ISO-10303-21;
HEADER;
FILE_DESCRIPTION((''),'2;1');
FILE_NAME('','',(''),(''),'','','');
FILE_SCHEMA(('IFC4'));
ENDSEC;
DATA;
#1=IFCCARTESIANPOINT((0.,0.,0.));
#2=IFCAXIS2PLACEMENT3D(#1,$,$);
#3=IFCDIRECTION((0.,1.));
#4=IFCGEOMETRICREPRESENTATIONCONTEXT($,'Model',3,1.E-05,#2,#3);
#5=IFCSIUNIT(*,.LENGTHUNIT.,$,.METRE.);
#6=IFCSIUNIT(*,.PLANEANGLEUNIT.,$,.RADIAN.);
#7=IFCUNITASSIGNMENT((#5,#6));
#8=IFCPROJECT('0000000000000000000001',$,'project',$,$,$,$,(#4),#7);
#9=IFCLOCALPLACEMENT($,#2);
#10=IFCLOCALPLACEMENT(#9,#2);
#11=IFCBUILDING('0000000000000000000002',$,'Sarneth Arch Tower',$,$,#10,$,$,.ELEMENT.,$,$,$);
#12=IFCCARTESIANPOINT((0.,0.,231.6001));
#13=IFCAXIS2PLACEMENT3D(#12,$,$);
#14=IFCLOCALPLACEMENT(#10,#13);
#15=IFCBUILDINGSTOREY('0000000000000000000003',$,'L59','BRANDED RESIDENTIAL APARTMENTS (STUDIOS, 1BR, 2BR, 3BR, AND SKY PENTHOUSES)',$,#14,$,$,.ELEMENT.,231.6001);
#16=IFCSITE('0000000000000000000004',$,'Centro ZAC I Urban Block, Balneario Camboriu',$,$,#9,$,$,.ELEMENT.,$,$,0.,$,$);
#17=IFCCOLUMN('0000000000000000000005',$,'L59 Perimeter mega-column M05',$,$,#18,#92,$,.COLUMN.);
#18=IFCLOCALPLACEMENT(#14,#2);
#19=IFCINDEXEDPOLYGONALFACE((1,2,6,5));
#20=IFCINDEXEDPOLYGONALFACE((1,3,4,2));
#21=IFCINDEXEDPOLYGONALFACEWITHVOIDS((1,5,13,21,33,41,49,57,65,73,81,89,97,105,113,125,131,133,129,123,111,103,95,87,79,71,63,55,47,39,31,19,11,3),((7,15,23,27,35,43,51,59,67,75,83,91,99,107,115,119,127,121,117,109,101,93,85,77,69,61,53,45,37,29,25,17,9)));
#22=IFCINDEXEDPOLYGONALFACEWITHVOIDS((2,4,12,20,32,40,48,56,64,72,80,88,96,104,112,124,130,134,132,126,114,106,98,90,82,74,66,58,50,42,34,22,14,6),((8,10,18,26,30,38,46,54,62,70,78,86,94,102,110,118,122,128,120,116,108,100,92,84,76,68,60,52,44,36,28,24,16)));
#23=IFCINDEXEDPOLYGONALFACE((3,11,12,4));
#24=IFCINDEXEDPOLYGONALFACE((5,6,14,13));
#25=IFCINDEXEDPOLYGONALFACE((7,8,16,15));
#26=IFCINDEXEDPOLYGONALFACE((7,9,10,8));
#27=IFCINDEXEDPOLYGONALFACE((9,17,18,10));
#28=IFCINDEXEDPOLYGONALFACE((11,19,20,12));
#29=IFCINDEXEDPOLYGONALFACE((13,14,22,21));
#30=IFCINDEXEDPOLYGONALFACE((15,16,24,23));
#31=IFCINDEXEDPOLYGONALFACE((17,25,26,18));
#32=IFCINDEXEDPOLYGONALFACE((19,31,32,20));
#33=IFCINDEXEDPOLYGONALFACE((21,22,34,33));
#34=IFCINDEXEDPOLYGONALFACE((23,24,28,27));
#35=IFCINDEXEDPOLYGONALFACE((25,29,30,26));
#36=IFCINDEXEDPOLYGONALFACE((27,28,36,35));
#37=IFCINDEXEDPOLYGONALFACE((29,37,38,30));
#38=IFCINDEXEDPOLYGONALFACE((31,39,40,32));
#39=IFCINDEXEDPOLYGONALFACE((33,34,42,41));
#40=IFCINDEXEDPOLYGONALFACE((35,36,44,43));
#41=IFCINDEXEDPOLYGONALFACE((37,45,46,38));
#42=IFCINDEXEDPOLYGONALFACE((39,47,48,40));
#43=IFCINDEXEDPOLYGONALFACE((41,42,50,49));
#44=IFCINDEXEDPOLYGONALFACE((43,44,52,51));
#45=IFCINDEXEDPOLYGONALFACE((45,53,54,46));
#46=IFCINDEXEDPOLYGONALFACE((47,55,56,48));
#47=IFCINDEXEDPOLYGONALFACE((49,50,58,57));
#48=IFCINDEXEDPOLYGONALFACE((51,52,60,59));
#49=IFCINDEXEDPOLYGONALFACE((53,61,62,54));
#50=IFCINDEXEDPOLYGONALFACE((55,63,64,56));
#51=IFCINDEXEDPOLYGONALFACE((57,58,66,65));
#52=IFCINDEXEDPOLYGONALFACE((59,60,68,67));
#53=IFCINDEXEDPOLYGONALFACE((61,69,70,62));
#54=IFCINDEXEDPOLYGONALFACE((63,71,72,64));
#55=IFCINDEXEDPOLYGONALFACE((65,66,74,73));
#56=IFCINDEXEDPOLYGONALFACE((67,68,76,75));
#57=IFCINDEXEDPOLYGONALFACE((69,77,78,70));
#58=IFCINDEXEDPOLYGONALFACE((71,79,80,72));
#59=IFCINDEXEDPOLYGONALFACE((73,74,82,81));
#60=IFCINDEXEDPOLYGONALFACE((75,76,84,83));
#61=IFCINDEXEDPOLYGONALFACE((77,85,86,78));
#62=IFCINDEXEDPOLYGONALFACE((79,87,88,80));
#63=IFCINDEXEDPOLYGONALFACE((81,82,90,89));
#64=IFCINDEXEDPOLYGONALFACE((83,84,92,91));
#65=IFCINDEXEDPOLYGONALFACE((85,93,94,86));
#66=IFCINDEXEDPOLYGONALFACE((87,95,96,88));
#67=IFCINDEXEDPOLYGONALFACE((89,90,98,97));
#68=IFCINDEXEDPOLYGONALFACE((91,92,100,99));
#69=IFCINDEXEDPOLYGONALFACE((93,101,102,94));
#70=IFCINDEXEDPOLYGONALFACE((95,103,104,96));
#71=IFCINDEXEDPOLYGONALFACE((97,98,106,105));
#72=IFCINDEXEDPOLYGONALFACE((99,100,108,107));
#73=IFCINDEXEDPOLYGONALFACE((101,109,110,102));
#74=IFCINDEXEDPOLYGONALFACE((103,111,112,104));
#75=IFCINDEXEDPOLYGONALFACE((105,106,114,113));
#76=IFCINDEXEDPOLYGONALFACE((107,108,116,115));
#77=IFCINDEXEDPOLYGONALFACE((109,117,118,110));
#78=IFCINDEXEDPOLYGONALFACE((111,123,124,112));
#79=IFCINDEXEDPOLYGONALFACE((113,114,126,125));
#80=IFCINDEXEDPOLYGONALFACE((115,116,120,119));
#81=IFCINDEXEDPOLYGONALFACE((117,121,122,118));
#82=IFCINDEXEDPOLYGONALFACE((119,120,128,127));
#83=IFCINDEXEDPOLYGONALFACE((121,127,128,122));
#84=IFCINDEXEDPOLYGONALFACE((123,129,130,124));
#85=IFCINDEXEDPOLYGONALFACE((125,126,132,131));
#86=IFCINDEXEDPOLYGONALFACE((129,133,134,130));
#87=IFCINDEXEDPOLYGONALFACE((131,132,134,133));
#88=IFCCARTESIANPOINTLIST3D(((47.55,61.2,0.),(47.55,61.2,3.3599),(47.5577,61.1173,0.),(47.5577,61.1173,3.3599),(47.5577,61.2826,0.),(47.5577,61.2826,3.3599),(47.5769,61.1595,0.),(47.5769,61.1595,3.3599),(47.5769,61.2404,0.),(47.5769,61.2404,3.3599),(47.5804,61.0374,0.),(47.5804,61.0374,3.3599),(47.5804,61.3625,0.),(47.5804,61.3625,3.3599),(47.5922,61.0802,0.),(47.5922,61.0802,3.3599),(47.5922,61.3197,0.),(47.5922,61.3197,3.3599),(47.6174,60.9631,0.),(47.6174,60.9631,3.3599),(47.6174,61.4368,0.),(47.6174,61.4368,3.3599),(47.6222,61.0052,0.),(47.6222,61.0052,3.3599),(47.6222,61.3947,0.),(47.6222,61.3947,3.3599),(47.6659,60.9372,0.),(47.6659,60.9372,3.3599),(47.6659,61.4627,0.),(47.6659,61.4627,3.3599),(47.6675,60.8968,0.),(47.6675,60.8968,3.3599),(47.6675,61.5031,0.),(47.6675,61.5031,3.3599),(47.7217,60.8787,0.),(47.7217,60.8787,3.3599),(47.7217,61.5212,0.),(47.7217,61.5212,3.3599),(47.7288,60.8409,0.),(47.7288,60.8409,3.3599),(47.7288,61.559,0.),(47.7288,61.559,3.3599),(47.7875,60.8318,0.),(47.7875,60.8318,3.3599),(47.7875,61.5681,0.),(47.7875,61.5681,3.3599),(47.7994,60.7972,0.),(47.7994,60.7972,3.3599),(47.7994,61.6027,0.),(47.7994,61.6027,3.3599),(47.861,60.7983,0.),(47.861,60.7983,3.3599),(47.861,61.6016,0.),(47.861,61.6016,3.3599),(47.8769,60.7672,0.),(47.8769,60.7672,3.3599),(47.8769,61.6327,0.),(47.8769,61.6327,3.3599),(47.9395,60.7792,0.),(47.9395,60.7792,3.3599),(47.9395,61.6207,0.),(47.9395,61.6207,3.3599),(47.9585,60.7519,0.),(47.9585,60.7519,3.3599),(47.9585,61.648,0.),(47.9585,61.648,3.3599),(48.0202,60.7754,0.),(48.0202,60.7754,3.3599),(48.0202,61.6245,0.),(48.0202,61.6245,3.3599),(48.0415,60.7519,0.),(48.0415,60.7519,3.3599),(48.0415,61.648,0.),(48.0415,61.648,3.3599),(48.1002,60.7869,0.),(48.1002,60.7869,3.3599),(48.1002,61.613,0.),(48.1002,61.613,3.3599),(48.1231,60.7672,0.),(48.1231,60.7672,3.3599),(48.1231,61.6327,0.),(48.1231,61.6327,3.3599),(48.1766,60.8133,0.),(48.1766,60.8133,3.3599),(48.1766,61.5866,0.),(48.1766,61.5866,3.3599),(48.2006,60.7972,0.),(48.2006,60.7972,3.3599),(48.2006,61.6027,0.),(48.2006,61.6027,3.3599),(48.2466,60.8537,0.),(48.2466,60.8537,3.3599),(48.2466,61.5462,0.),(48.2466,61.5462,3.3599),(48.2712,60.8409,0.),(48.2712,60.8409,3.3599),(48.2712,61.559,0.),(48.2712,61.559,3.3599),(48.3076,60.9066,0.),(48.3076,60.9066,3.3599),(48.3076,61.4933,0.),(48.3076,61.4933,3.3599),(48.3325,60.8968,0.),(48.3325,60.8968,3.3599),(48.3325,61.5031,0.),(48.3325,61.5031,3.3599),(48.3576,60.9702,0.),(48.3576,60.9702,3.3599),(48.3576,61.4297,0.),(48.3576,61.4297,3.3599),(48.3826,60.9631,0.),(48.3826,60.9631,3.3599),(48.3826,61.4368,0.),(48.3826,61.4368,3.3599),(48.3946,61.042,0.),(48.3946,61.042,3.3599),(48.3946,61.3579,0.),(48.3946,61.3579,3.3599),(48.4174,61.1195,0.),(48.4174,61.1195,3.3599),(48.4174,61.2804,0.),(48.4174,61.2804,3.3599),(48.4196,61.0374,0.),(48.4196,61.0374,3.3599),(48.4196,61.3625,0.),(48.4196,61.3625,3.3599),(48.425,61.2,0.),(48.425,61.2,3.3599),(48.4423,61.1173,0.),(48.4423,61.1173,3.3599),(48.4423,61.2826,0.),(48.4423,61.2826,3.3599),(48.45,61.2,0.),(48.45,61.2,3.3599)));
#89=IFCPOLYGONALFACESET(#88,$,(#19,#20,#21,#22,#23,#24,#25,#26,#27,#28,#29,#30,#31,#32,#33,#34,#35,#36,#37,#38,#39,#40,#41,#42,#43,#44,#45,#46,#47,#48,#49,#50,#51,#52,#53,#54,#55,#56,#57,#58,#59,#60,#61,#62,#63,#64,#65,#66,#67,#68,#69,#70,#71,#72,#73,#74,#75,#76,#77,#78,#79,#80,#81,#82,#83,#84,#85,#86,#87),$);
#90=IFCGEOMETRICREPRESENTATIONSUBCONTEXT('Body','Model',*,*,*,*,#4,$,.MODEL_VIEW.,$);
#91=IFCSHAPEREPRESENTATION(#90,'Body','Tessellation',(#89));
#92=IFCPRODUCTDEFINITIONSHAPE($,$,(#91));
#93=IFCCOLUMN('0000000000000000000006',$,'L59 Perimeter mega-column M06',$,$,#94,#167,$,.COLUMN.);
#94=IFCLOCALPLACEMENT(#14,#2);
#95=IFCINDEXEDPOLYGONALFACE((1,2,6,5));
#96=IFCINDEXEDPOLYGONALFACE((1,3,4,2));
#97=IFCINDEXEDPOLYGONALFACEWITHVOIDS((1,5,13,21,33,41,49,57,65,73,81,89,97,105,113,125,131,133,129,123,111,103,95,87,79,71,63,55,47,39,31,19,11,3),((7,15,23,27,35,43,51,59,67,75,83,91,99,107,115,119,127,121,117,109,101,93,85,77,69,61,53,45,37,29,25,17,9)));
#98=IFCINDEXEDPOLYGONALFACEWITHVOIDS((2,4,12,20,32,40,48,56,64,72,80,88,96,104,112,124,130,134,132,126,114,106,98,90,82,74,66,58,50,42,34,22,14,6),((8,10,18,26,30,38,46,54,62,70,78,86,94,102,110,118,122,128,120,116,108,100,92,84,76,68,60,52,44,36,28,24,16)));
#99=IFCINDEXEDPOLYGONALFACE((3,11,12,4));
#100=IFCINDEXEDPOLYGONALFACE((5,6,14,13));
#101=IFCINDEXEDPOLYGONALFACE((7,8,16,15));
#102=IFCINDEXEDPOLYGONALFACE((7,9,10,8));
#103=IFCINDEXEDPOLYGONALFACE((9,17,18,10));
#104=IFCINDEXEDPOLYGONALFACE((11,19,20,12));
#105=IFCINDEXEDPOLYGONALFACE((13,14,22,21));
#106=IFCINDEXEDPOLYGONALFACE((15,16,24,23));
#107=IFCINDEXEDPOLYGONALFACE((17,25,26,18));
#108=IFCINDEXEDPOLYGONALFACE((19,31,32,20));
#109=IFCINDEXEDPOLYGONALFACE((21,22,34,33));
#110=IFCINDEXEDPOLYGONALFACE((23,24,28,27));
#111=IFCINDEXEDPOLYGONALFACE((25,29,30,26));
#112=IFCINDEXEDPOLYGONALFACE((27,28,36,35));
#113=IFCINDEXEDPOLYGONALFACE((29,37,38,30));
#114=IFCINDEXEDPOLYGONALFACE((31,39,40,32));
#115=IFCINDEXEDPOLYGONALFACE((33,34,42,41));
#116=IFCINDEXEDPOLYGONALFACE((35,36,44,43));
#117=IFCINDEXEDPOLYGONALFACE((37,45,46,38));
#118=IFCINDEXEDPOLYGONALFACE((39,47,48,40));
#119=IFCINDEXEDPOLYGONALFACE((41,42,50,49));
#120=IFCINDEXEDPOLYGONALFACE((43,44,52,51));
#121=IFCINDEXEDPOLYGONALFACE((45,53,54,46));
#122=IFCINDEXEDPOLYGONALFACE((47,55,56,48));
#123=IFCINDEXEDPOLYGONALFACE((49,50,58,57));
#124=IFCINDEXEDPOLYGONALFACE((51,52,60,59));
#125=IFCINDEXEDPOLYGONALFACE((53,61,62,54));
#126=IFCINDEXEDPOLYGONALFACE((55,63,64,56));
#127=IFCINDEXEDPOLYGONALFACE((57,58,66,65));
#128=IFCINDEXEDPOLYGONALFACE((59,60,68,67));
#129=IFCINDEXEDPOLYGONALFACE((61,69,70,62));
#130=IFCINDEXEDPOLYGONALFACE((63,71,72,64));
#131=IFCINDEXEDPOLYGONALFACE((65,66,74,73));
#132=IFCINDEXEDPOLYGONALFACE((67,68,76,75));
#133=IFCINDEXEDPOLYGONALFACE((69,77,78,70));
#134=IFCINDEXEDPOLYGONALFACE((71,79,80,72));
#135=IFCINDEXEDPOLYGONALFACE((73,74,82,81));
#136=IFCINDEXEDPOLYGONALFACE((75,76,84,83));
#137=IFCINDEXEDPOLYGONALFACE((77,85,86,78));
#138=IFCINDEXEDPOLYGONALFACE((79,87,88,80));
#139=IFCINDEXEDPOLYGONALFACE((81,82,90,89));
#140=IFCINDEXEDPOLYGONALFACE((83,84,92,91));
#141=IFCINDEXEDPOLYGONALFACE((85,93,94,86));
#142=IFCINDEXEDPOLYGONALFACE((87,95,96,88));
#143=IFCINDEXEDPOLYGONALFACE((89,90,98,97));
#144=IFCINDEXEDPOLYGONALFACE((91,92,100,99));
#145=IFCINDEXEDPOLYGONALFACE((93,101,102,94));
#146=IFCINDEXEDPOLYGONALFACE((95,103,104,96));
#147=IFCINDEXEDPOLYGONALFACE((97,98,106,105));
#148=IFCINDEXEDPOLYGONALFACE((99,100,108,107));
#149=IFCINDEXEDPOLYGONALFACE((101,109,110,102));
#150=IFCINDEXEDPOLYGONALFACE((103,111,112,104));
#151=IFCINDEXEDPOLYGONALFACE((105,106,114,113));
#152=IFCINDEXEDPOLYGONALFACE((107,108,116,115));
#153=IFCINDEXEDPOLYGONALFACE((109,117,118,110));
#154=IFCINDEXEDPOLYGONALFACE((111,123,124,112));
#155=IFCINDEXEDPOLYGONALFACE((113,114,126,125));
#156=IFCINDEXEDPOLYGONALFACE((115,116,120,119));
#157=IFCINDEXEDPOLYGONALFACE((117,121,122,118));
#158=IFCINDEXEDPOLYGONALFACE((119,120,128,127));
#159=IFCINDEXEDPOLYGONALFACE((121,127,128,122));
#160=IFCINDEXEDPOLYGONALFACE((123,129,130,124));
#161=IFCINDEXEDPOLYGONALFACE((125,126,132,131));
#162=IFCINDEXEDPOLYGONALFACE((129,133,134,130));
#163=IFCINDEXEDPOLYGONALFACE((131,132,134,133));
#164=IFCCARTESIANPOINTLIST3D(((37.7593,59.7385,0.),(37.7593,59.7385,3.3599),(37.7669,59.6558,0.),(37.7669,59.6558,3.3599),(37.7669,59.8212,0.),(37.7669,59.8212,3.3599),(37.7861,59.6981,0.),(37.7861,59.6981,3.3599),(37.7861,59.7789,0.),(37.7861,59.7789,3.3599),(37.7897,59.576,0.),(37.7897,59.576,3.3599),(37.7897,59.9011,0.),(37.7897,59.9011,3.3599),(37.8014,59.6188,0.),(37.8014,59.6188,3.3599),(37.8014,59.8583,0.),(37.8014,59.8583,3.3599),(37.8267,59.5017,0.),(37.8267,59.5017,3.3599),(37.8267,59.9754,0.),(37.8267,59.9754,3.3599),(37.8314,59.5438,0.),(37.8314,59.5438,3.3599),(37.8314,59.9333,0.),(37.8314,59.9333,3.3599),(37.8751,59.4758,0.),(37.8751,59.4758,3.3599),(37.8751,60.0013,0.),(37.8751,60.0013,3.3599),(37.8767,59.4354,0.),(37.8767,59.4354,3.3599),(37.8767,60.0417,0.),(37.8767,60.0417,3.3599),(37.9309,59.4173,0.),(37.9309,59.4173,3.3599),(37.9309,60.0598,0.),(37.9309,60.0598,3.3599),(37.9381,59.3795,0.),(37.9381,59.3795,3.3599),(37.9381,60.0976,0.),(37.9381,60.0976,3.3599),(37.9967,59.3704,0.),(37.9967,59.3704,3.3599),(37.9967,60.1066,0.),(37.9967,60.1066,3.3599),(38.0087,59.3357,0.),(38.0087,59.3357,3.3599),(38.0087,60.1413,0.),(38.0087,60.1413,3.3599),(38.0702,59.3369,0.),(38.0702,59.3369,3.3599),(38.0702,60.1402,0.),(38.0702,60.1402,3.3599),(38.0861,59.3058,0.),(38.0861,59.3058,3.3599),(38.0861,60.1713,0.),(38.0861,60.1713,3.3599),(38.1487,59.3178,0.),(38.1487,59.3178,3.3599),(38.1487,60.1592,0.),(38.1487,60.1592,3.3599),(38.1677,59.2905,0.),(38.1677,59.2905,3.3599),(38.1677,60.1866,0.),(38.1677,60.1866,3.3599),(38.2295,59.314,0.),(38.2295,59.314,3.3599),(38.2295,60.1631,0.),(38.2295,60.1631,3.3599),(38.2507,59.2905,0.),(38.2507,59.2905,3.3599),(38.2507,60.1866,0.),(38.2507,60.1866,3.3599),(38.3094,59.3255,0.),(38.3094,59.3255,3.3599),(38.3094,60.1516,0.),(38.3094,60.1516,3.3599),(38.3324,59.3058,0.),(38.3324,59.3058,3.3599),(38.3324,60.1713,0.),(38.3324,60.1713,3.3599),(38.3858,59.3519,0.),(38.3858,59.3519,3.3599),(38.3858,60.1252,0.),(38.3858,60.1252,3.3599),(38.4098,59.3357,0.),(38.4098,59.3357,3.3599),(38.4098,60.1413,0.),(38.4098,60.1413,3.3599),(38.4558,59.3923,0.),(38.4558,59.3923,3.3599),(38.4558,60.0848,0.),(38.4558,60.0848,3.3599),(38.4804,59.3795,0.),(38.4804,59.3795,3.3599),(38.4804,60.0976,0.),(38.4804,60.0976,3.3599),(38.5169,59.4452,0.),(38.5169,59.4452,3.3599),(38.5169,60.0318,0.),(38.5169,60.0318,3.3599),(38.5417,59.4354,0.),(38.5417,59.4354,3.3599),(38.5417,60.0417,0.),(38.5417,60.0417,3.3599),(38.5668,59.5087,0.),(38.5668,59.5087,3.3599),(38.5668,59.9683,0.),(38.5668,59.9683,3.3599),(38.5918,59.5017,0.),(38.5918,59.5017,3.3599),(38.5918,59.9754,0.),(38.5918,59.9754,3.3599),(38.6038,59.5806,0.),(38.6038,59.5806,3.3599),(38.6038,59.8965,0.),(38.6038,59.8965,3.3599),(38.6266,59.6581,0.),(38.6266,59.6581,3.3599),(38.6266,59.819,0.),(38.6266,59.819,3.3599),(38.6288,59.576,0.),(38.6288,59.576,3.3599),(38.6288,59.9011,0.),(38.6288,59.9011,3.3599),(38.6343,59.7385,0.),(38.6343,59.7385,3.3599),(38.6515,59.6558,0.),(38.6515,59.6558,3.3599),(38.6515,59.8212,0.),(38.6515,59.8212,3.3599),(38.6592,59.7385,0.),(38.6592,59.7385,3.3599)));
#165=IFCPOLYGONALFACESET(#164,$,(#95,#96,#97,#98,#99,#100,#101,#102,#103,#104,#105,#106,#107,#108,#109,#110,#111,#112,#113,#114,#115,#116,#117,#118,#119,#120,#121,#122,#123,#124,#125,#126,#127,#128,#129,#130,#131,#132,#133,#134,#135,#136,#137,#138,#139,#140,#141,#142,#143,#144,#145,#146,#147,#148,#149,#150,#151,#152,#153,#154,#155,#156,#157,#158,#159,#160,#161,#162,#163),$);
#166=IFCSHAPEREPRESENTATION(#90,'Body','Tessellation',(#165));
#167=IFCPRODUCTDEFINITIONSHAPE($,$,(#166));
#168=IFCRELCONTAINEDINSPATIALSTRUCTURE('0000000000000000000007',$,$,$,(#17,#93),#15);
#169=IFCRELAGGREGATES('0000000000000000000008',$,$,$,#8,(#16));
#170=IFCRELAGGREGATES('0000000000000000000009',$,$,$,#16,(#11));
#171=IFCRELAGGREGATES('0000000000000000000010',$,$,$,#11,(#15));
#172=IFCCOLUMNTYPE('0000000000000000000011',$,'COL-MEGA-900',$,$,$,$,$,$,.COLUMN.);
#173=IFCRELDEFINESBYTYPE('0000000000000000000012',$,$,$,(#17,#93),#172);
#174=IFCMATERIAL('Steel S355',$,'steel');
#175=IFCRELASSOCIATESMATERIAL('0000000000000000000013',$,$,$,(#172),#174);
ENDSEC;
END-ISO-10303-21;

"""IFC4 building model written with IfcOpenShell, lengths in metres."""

from ifc_helpers import new_model, si_unit, direction, frame, origin, origin_2d, place, context, subcontext, project, spatial, hollow_circle, extrude, material, material_profile, profile_set, type_object, element, save


model = new_model("IFC4")

# Units and contexts
model_context = context("Model", 3, precision=1e-05, world=origin(), true_north=direction((0.0, 1.0)))
body_context = subcontext(model_context, "Body", "Model", "MODEL_VIEW")
ifc_project = project(units=[si_unit("LENGTHUNIT", "METRE"), si_unit("PLANEANGLEUNIT", "RADIAN")], contexts=[model_context])

# Site, building, storey
site_placement = place(None, origin())
site = spatial("IfcSite", under=ifc_project, at=site_placement, Name="Centro ZAC I Urban Block, Balneario Camboriu", CompositionType="ELEMENT", RefElevation=0.0)
building_placement = place(site_placement, origin())
building = spatial("IfcBuilding", under=site, at=building_placement, Name="Sarneth Arch Tower", CompositionType="ELEMENT")
storey_placement = place(building_placement, frame((0.0, 0.0, 231.6001)))
storey = spatial("IfcBuildingStorey", under=building, at=storey_placement, Name="L59", Description="BRANDED RESIDENTIAL APARTMENTS (STUDIOS, 1BR, 2BR, 3BR, AND SKY PENTHOUSES)", CompositionType="ELEMENT", Elevation=231.6001)

# Columns
ifc_material_1 = material(Name="Steel S355", Category="steel")
ifc_material_profile_1 = material_profile(ifc_material_1, hollow_circle(Radius=0.45, WallThickness=0.0249, at=origin_2d()), Name="CHS900x25")
ifc_profile_set_1 = profile_set([ifc_material_profile_1], Name="Steel S355")
column_type = type_object("IfcColumnType", Name="COL-MEGA-900", PredefinedType="COLUMN", material=ifc_profile_set_1)
for number, where, z_axis, x_axis, name in (
    (1, (48.0, 61.2, 0.0), (0.0, 0.0, 1.0), (1.0, 0.0, 0.0), "L59 Perimeter mega-column M05"),
    (2, (38.2092, 59.7385, 0.0), (0.0, 0.0, 1.0), (1.0, 0.0, 0.0), "L59 Perimeter mega-column M06"),
):
    element("IfcColumn", number, at=place(storey_placement, frame(where, z_axis=z_axis, x_axis=x_axis)), inside=storey, type_object=column_type, Name=name, PredefinedType="COLUMN", context=body_context, shape_type="SweptSolid", body=[
        extrude(hollow_circle(Radius=0.45, WallThickness=0.0249, at=origin_2d()), origin(), (0.0, 0.0, 1.0), 3.3599),
    ])

save(model, "model.ifc")
